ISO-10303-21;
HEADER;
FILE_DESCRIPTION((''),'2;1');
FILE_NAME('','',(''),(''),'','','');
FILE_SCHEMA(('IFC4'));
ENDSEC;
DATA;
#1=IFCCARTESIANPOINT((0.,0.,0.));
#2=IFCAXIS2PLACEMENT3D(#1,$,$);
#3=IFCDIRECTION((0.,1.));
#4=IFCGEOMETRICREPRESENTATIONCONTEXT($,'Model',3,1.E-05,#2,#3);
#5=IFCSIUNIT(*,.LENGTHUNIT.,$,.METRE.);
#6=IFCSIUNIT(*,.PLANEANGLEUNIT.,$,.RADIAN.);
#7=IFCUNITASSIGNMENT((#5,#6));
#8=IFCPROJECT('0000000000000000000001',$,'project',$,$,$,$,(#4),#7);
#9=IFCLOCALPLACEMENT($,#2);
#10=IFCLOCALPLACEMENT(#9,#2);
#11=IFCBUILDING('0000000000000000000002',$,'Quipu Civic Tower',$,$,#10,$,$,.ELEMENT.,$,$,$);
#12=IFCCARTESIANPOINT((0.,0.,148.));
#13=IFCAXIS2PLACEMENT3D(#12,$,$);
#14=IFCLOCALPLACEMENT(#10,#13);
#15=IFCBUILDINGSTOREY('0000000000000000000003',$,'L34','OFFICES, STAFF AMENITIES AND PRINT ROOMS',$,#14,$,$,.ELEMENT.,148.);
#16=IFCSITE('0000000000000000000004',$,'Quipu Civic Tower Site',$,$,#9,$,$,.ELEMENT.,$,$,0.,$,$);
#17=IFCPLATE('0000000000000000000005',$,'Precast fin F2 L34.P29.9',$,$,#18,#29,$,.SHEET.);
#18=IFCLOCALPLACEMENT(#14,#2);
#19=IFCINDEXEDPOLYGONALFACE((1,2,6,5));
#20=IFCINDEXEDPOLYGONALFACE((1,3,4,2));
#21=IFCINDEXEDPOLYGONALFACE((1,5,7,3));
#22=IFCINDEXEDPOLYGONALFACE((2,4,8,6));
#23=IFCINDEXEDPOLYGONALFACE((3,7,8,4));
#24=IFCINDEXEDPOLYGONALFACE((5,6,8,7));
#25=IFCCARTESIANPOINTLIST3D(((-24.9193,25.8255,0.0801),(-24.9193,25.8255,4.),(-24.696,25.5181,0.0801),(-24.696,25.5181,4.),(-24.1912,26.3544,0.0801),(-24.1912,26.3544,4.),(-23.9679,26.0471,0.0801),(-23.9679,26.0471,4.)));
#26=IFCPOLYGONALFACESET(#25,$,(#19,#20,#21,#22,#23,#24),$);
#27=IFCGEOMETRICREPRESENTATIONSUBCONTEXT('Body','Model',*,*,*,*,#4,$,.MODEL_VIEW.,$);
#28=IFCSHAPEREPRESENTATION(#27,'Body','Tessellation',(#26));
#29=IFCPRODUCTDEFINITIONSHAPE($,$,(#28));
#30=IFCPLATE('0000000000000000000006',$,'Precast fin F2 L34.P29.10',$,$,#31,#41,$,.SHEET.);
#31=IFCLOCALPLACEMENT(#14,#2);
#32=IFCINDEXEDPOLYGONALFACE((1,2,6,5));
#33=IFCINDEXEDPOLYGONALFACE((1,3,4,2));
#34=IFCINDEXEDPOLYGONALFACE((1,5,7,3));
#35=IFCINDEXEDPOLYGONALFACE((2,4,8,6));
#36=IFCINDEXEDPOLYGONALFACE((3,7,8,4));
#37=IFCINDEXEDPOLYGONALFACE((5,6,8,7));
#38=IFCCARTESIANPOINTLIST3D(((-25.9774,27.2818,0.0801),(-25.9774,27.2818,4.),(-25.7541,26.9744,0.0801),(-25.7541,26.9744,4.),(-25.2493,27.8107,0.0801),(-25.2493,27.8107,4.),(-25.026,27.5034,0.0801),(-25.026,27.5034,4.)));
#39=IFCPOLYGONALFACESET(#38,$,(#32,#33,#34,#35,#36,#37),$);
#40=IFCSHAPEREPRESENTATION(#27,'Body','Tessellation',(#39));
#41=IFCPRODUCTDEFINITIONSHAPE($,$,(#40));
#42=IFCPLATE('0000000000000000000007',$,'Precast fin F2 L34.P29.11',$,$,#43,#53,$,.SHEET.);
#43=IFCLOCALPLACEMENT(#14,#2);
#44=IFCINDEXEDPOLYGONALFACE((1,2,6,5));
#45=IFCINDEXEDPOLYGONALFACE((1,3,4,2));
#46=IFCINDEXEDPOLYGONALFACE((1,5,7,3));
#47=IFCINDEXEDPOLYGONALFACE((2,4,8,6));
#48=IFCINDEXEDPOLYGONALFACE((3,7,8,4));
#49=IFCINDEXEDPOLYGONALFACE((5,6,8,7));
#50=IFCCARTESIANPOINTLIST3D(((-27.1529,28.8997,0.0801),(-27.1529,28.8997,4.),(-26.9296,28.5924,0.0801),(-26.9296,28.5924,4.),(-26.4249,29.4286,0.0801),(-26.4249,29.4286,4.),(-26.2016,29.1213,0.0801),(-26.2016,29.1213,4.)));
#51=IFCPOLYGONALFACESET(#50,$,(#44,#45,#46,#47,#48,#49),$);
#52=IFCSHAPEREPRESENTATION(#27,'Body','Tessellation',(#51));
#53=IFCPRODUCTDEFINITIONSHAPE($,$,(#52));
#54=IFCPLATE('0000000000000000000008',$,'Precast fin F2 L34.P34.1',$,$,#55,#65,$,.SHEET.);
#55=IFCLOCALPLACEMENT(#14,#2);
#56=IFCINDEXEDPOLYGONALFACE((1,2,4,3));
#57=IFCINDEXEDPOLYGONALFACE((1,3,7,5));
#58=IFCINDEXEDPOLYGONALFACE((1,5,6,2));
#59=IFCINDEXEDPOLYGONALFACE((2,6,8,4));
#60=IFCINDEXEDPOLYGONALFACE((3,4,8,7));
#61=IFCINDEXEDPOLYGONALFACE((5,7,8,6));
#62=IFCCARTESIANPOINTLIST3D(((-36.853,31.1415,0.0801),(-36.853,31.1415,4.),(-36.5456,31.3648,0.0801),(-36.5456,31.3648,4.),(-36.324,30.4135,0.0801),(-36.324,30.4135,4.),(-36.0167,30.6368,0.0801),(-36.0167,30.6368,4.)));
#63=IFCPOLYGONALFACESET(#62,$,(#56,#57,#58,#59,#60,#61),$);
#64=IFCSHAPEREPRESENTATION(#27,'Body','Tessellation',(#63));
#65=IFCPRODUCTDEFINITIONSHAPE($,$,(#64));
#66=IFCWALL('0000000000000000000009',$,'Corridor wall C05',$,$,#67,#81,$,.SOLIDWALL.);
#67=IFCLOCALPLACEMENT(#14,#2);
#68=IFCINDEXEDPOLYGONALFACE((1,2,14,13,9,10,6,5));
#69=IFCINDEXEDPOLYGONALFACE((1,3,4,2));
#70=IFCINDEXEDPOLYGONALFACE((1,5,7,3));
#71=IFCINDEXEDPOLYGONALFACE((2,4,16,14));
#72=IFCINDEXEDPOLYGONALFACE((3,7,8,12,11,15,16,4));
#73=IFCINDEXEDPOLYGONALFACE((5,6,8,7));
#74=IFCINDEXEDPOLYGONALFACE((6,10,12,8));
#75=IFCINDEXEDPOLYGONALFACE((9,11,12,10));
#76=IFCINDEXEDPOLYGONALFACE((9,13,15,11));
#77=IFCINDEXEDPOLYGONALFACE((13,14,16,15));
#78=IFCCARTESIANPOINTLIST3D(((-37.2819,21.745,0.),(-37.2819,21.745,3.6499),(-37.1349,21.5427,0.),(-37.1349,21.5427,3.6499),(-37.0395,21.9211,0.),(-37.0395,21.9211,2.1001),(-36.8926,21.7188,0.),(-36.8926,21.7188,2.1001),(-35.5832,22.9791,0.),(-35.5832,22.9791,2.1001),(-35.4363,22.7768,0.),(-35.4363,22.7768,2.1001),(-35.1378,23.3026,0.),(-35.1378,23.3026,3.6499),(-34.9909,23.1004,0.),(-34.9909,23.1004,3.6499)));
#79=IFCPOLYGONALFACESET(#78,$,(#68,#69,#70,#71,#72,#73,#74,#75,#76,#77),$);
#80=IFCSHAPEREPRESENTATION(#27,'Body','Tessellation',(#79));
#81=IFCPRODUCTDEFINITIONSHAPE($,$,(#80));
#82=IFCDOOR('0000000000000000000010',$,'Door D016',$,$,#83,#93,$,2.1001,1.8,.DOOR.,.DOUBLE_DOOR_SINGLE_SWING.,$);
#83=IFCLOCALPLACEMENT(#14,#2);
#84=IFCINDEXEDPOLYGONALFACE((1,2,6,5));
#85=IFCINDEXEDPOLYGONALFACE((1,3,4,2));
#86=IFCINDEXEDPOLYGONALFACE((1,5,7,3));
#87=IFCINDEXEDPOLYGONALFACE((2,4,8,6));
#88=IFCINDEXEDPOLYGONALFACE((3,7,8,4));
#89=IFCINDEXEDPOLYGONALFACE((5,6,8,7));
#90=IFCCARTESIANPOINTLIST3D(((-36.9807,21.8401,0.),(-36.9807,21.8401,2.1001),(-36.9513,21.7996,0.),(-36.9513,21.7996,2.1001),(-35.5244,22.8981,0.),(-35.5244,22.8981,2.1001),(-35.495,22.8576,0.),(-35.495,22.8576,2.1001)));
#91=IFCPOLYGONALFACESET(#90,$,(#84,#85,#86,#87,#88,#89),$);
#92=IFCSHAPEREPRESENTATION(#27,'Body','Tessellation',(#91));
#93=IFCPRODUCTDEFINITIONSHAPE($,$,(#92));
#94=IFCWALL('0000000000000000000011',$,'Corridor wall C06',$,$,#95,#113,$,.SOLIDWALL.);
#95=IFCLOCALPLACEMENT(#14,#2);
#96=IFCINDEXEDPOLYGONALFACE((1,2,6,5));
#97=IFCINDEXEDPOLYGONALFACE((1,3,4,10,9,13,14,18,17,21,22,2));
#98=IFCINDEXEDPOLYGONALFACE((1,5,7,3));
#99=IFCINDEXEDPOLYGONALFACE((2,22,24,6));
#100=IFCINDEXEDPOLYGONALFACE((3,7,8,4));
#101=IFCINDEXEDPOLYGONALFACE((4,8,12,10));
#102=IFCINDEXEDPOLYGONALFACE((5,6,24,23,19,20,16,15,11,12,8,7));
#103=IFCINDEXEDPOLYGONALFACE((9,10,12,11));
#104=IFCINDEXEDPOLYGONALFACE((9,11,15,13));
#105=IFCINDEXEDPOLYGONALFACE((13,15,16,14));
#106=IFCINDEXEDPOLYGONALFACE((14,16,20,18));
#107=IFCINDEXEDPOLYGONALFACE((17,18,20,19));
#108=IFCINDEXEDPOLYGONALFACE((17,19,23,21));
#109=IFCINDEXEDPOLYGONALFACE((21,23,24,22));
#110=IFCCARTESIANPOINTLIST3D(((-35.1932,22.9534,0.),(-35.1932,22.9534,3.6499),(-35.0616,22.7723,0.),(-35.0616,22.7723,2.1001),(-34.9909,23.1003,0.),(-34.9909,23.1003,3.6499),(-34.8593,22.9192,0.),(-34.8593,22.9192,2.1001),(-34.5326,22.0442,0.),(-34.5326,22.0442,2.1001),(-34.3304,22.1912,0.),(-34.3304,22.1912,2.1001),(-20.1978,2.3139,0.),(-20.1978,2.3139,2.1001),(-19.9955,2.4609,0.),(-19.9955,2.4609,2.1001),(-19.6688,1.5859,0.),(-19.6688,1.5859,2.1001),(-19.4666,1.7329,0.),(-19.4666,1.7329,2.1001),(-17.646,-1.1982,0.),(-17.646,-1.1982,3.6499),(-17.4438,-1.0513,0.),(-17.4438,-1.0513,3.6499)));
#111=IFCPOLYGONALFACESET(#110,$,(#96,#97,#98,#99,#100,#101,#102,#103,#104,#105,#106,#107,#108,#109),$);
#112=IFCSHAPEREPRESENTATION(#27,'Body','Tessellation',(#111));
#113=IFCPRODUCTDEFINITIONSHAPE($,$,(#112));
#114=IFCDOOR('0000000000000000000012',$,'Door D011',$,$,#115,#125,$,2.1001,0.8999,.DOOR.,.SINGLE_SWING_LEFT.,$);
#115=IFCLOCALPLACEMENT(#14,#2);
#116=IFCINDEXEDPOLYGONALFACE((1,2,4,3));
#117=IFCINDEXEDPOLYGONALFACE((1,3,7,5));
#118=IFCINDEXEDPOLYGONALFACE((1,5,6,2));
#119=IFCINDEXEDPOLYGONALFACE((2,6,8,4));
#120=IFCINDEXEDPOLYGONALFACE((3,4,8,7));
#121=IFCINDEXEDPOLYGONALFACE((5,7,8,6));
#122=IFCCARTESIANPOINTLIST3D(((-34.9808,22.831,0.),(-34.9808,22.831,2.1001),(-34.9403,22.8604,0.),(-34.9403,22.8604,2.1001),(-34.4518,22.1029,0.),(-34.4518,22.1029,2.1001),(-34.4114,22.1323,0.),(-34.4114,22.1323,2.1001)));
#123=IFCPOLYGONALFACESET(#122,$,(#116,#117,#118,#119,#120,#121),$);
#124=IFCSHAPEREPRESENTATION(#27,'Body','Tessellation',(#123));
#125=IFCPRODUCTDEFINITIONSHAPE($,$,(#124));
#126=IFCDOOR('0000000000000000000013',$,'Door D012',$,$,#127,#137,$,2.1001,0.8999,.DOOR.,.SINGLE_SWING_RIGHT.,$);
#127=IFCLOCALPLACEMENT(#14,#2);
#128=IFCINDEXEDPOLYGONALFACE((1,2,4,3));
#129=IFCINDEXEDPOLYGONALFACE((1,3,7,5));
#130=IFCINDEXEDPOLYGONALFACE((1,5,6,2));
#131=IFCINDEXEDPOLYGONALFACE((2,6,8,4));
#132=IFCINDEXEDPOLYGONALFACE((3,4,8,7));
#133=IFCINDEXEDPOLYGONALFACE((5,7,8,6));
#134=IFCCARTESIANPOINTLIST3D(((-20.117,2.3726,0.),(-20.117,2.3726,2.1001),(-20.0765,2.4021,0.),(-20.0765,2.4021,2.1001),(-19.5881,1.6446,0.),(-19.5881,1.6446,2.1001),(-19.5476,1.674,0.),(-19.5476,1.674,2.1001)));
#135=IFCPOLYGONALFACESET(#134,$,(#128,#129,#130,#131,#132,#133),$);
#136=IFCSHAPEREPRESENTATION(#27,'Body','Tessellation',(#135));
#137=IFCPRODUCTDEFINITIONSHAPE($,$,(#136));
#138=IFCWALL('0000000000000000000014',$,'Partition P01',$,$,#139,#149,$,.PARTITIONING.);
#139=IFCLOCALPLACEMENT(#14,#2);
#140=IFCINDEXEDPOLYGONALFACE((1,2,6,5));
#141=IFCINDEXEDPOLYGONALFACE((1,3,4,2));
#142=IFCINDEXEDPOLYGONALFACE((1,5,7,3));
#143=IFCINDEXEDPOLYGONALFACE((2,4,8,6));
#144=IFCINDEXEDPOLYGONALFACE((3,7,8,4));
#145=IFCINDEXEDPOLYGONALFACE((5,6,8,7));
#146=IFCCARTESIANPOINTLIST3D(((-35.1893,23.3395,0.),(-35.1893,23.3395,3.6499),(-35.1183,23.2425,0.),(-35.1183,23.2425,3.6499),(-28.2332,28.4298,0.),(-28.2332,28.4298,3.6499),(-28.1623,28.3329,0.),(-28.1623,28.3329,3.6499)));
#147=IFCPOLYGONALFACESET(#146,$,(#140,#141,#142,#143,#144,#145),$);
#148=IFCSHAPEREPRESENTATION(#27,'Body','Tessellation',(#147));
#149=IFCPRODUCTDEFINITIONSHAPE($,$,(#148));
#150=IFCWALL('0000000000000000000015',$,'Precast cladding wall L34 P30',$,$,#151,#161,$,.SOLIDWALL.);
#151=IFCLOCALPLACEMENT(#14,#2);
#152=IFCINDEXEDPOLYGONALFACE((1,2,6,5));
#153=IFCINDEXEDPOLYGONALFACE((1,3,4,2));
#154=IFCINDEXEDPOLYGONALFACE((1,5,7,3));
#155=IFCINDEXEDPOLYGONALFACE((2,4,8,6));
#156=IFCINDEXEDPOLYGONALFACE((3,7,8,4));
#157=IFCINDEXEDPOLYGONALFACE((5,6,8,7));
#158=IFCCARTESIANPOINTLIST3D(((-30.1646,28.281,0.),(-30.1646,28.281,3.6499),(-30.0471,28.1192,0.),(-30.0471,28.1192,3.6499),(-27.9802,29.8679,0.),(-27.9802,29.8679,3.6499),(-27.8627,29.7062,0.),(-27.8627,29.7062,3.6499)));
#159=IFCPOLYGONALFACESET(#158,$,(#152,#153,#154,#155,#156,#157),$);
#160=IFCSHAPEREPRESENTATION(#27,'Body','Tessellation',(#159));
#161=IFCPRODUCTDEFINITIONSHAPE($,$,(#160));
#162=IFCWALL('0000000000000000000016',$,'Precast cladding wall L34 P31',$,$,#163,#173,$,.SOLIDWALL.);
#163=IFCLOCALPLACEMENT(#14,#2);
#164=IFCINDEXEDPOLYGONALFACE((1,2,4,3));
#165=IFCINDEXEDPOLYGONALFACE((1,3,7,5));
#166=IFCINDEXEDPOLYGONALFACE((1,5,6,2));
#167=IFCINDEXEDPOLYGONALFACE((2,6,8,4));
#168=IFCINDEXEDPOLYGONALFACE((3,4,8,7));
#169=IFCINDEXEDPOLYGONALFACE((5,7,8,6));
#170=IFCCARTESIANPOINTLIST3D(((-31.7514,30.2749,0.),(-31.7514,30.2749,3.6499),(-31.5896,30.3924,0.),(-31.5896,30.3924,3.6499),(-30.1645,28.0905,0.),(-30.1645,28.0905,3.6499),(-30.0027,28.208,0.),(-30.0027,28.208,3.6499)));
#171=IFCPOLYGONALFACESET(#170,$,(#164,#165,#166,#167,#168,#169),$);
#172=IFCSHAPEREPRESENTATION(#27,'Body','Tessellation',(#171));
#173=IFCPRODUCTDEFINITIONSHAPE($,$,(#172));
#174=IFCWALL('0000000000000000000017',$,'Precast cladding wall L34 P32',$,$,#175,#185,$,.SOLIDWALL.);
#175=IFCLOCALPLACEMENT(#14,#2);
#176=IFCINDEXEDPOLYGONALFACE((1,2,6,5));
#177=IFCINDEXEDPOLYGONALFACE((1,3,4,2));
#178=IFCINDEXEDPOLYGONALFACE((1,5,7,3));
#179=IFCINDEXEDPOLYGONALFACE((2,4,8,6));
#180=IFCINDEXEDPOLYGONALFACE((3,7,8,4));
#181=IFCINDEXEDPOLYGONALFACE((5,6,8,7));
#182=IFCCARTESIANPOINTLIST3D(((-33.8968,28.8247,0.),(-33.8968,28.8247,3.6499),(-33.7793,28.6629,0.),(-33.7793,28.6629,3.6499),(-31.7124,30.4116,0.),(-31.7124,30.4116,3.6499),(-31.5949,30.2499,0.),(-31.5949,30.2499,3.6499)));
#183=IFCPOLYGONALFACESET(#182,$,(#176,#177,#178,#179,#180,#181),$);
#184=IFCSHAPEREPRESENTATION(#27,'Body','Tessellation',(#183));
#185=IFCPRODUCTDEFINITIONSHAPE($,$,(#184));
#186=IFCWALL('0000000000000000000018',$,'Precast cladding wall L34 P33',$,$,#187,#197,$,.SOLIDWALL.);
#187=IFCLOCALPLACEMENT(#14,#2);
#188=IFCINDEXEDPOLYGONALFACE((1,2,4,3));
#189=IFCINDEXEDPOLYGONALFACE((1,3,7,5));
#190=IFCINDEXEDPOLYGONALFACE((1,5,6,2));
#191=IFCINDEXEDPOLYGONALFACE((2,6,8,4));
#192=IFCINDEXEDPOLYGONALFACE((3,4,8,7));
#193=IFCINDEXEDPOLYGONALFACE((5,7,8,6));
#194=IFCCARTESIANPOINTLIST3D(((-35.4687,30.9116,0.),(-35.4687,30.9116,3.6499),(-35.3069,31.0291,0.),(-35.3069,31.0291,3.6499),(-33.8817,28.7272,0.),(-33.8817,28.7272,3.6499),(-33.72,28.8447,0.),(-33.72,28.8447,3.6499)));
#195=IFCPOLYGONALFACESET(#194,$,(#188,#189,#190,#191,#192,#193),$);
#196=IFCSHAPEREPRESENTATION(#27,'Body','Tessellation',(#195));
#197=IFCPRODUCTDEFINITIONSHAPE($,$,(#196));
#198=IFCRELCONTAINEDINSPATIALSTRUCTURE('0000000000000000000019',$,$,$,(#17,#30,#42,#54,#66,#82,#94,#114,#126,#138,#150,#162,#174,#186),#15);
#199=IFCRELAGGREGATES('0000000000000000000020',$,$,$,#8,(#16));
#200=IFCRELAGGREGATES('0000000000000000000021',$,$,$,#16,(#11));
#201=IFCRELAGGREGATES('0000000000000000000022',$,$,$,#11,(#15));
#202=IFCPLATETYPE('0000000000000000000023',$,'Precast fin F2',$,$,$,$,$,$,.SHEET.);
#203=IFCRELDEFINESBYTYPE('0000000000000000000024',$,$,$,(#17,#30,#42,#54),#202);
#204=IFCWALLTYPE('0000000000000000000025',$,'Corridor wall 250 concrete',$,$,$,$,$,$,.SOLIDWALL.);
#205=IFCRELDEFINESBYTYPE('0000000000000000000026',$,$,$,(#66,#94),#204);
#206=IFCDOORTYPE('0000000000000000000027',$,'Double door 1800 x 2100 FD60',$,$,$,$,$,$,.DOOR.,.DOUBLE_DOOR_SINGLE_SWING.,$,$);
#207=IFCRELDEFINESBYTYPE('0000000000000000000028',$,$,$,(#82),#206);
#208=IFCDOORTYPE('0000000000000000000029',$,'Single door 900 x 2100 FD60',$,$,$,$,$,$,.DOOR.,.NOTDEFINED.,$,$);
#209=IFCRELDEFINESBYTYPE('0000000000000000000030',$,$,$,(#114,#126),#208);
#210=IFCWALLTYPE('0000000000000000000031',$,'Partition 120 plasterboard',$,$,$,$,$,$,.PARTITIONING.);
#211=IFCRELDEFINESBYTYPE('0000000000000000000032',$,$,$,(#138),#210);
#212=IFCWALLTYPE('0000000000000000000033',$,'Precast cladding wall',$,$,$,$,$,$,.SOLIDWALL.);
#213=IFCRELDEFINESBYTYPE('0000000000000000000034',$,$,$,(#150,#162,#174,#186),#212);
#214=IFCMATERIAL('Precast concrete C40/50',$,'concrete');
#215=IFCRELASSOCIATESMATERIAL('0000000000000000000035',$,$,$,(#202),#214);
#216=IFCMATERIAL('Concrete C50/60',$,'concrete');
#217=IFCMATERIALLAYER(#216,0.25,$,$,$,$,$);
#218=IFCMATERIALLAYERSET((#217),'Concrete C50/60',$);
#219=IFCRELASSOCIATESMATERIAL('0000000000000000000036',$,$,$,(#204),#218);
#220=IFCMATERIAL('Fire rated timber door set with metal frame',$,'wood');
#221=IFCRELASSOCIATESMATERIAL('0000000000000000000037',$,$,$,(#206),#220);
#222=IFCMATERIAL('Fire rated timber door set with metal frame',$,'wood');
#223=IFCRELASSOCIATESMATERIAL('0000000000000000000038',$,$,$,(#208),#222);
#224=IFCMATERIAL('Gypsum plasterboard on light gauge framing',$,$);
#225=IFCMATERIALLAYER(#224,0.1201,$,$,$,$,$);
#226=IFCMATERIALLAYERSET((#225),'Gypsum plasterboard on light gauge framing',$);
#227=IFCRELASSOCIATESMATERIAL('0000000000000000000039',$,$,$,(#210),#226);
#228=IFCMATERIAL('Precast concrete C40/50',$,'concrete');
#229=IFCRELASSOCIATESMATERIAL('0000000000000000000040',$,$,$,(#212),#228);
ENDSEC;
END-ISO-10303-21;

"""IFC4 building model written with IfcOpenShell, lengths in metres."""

from ifc_helpers import new_model, si_unit, direction, frame, frame_2d, origin, origin_2d, place, context, subcontext, project, spatial, rectangle, extrude, material, layer, layer_set, type_object, element, fill, save


model = new_model("IFC4")

# Units and contexts
model_context = context("Model", 3, precision=1e-05, world=origin(), true_north=direction((0.0, 1.0)))
body_context = subcontext(model_context, "Body", "Model", "MODEL_VIEW")
ifc_project = project(units=[si_unit("LENGTHUNIT", "METRE"), si_unit("PLANEANGLEUNIT", "RADIAN")], contexts=[model_context])

# Site, building, storey
site_placement = place(None, origin())
site = spatial("IfcSite", under=ifc_project, at=site_placement, Name="Quipu Civic Tower Site", CompositionType="ELEMENT", RefElevation=0.0)
building_placement = place(site_placement, origin())
building = spatial("IfcBuilding", under=site, at=building_placement, Name="Quipu Civic Tower", CompositionType="ELEMENT")
storey_placement = place(building_placement, frame((0.0, 0.0, 148.0)))
storey = spatial("IfcBuildingStorey", under=building, at=storey_placement, Name="L34", Description="OFFICES, STAFF AMENITIES AND PRINT ROOMS", CompositionType="ELEMENT", Elevation=148.0)

# Plates
ifc_material_1 = material(Name="Precast concrete C40/50", Category="concrete")
plate_type_1 = type_object("IfcPlateType", Name="Precast fin F2", PredefinedType="SHEET", material=ifc_material_1)
for number, where, z_axis, x_axis, name in (
    (1, (-24.4436, 25.9363, 0.0801), (0.0, 0.0, 1.0), (-0.587787, 0.809016, 0.0), "Precast fin F2 L34.P29.9"),
    (2, (-25.5017, 27.3926, 0.0801), (0.0, 0.0, 1.0), (-0.587787, 0.809016, 0.0), "Precast fin F2 L34.P29.10"),
    (3, (-26.6772, 29.0105, 0.0801), (0.0, 0.0, 1.0), (-0.587787, 0.809016, 0.0), "Precast fin F2 L34.P29.11"),
    (4, (-36.4348, 30.8892, 0.0801), (0.0, 0.0, 1.0), (-0.809017, -0.587785, 0.0), "Precast fin F2 L34.P34.1"),
):
    element("IfcPlate", number, at=place(storey_placement, frame(where, z_axis=z_axis, x_axis=x_axis)), inside=storey, type_object=plate_type_1, Name=name, PredefinedType="SHEET", context=body_context, shape_type="SweptSolid", body=[
        extrude(rectangle(XDim=0.3799, YDim=0.8999, at=origin_2d()), origin(), (0.0, 0.0, 1.0), 3.9199),
    ])

# Wall, opening, door
ifc_material_2 = material(Name="Concrete C50/60", Category="concrete")
ifc_layer_1 = layer(ifc_material_2, 0.25)
ifc_layer_set_1 = layer_set([ifc_layer_1], Name="Concrete C50/60")
wall_type_1 = type_object("IfcWallType", Name="Corridor wall 250 concrete", PredefinedType="SOLIDWALL", material=ifc_layer_set_1)
wall_1_placement = place(storey_placement, frame((-37.2085, 21.6438, 0.0), z_axis=(0.0, 0.0, 1.0), x_axis=(0.809039, 0.587755, 0.0)))
wall_1 = element("IfcWall", 5, at=wall_1_placement, inside=storey, type_object=wall_type_1, Name="Corridor wall C05", PredefinedType="SOLIDWALL", context=body_context, shape_type="SweptSolid", body=[
    extrude(rectangle(XDim=2.6501, YDim=0.25, at=frame_2d((1.3252, 0.0))), origin(), (0.0, 0.0, 1.0), 3.6499),
])
opening_1_placement = place(wall_1_placement, frame((0.2998, 0.0, 0.0)))
opening_1 = element("IfcOpeningElement", 6, at=opening_1_placement, cuts=wall_1, PredefinedType="OPENING", context=body_context, shape_type="SweptSolid", body=[
    extrude(rectangle(XDim=1.8, YDim=2.1001, at=frame_2d((0.8999, 1.05))), frame((0.0, 0.135, 0.0), z_axis=(0.0, -1.0, 0.0), x_axis=(1.0, 0.0, 0.0)), (0.0, 0.0, 1.0), 0.27),
])
ifc_material_3 = material(Name="Fire rated timber door set with metal frame", Category="wood")
door_type_1 = type_object("IfcDoorType", Name="Double door 1800 x 2100 FD60", OperationType="DOUBLE_DOOR_SINGLE_SWING", PredefinedType="DOOR", material=ifc_material_3)
door_1_placement = place(opening_1_placement, origin())
door_1 = element("IfcDoor", 7, at=door_1_placement, inside=storey, type_object=door_type_1, Name="Door D016", OperationType="DOUBLE_DOOR_SINGLE_SWING", OverallHeight=2.1001, OverallWidth=1.8, PredefinedType="DOOR", context=body_context, shape_type="SweptSolid", body=[
    extrude(rectangle(XDim=1.8, YDim=2.1001, at=frame_2d((0.8999, 1.05))), frame((0.0, 0.0249, 0.0), z_axis=(0.0, -1.0, 0.0), x_axis=(1.0, 0.0, 0.0)), (0.0, 0.0, 1.0), 0.05),
])
fill(opening_1, door_1)

# Wall, openings, doors
wall_2_placement = place(storey_placement, frame((-35.092, 23.0269, 0.0), z_axis=(0.0, 0.0, 1.0), x_axis=(0.587784, -0.809018, 0.0)))
wall_2 = element("IfcWall", 8, at=wall_2_placement, inside=storey, type_object=wall_type_1, Name="Corridor wall C06", PredefinedType="SOLIDWALL", context=body_context, shape_type="SweptSolid", body=[
    extrude(rectangle(XDim=29.853, YDim=0.25, at=frame_2d((14.9265, 0.0))), origin(), (0.0, 0.0, 1.0), 3.6499),
])
opening_2_placement = place(wall_2_placement, frame((0.2239, 0.0, 0.0)))
opening_2 = element("IfcOpeningElement", 9, at=opening_2_placement, cuts=wall_2, PredefinedType="OPENING", context=body_context, shape_type="SweptSolid", body=[
    extrude(rectangle(XDim=0.8999, YDim=2.1001, at=frame_2d((0.45, 1.05))), frame((0.0, 0.135, 0.0), z_axis=(0.0, -1.0, 0.0), x_axis=(1.0, 0.0, 0.0)), (0.0, 0.0, 1.0), 0.27),
])
opening_3_placement = place(wall_2_placement, frame((25.5117, 0.0, 0.0)))
opening_3 = element("IfcOpeningElement", 10, at=opening_3_placement, cuts=wall_2, PredefinedType="OPENING", context=body_context, shape_type="SweptSolid", body=[
    extrude(rectangle(XDim=0.8999, YDim=2.1001, at=frame_2d((0.45, 1.05))), frame((0.0, 0.135, 0.0), z_axis=(0.0, -1.0, 0.0), x_axis=(1.0, 0.0, 0.0)), (0.0, 0.0, 1.0), 0.27),
])
ifc_material_4 = material(Name="Fire rated timber door set with metal frame", Category="wood")
door_type_2 = type_object("IfcDoorType", Name="Single door 900 x 2100 FD60", OperationType="NOTDEFINED", PredefinedType="DOOR", material=ifc_material_4)
door_2_placement = place(opening_2_placement, origin())
door_2 = element("IfcDoor", 11, at=door_2_placement, inside=storey, type_object=door_type_2, Name="Door D011", OperationType="SINGLE_SWING_LEFT", OverallHeight=2.1001, OverallWidth=0.8999, PredefinedType="DOOR", context=body_context, shape_type="SweptSolid", body=[
    extrude(rectangle(XDim=0.8999, YDim=2.1001, at=frame_2d((0.45, 1.05))), frame((0.0, 0.0249, 0.0), z_axis=(0.0, -1.0, 0.0), x_axis=(1.0, 0.0, 0.0)), (0.0, 0.0, 1.0), 0.05),
])
fill(opening_2, door_2)
door_3_placement = place(opening_3_placement, origin())
door_3 = element("IfcDoor", 12, at=door_3_placement, inside=storey, type_object=door_type_2, Name="Door D012", OperationType="SINGLE_SWING_RIGHT", OverallHeight=2.1001, OverallWidth=0.8999, PredefinedType="DOOR", context=body_context, shape_type="SweptSolid", body=[
    extrude(rectangle(XDim=0.8999, YDim=2.1001, at=frame_2d((0.45, 1.05))), frame((0.0, 0.0249, 0.0), z_axis=(0.0, -1.0, 0.0), x_axis=(1.0, 0.0, 0.0)), (0.0, 0.0, 1.0), 0.05),
])
fill(opening_3, door_3)

# Walls
ifc_material_5 = material(Name="Gypsum plasterboard on light gauge framing")
ifc_layer_2 = layer(ifc_material_5, 0.1201)
ifc_layer_set_2 = layer_set([ifc_layer_2], Name="Gypsum plasterboard on light gauge framing")
wall_type_2 = type_object("IfcWallType", Name="Partition 120 plasterboard", PredefinedType="PARTITIONING", material=ifc_layer_set_2)
wall_3_placement = place(storey_placement, frame((-35.1538, 23.291, 0.0), z_axis=(0.0, 0.0, 1.0), x_axis=(0.807001, 0.59055, 0.0)))
element("IfcWall", 13, at=wall_3_placement, inside=storey, type_object=wall_type_2, Name="Partition P01", PredefinedType="PARTITIONING", context=body_context, shape_type="SweptSolid", body=[
    extrude(rectangle(XDim=8.6196, YDim=0.1201, at=frame_2d((4.3098, 0.0))), origin(), (0.0, 0.0, 1.0), 3.6499),
])
ifc_material_6 = material(Name="Precast concrete C40/50", Category="concrete")
wall_type_3 = type_object("IfcWallType", Name="Precast cladding wall", PredefinedType="SOLIDWALL", material=ifc_material_6)
for number, where, z_axis, x_axis, name in (
    (14, (-27.9214, 29.7871, 0.0), (0.0, 0.0, 1.0), (-0.809033, -0.587763, 0.0), "Precast cladding wall L34 P30"),
    (15, (-30.0835, 28.1492, 0.0), (0.0, 0.0, 1.0), (-0.587763, 0.809033, 0.0), "Precast cladding wall L34 P31"),
    (16, (-31.6536, 30.3308, 0.0), (0.0, 0.0, 1.0), (-0.809033, -0.587763, 0.0), "Precast cladding wall L34 P32"),
    (17, (-33.8008, 28.7859, 0.0), (0.0, 0.0, 1.0), (-0.587763, 0.809033, 0.0), "Precast cladding wall L34 P33"),
):
    element("IfcWall", number, at=place(storey_placement, frame(where, z_axis=z_axis, x_axis=x_axis)), inside=storey, type_object=wall_type_3, Name=name, PredefinedType="SOLIDWALL", context=body_context, shape_type="SweptSolid", body=[
        extrude(rectangle(XDim=2.7, YDim=0.2, at=frame_2d((1.3501, 0.0))), origin(), (0.0, 0.0, 1.0), 3.6499),
    ])

save(model, "model.ifc")
